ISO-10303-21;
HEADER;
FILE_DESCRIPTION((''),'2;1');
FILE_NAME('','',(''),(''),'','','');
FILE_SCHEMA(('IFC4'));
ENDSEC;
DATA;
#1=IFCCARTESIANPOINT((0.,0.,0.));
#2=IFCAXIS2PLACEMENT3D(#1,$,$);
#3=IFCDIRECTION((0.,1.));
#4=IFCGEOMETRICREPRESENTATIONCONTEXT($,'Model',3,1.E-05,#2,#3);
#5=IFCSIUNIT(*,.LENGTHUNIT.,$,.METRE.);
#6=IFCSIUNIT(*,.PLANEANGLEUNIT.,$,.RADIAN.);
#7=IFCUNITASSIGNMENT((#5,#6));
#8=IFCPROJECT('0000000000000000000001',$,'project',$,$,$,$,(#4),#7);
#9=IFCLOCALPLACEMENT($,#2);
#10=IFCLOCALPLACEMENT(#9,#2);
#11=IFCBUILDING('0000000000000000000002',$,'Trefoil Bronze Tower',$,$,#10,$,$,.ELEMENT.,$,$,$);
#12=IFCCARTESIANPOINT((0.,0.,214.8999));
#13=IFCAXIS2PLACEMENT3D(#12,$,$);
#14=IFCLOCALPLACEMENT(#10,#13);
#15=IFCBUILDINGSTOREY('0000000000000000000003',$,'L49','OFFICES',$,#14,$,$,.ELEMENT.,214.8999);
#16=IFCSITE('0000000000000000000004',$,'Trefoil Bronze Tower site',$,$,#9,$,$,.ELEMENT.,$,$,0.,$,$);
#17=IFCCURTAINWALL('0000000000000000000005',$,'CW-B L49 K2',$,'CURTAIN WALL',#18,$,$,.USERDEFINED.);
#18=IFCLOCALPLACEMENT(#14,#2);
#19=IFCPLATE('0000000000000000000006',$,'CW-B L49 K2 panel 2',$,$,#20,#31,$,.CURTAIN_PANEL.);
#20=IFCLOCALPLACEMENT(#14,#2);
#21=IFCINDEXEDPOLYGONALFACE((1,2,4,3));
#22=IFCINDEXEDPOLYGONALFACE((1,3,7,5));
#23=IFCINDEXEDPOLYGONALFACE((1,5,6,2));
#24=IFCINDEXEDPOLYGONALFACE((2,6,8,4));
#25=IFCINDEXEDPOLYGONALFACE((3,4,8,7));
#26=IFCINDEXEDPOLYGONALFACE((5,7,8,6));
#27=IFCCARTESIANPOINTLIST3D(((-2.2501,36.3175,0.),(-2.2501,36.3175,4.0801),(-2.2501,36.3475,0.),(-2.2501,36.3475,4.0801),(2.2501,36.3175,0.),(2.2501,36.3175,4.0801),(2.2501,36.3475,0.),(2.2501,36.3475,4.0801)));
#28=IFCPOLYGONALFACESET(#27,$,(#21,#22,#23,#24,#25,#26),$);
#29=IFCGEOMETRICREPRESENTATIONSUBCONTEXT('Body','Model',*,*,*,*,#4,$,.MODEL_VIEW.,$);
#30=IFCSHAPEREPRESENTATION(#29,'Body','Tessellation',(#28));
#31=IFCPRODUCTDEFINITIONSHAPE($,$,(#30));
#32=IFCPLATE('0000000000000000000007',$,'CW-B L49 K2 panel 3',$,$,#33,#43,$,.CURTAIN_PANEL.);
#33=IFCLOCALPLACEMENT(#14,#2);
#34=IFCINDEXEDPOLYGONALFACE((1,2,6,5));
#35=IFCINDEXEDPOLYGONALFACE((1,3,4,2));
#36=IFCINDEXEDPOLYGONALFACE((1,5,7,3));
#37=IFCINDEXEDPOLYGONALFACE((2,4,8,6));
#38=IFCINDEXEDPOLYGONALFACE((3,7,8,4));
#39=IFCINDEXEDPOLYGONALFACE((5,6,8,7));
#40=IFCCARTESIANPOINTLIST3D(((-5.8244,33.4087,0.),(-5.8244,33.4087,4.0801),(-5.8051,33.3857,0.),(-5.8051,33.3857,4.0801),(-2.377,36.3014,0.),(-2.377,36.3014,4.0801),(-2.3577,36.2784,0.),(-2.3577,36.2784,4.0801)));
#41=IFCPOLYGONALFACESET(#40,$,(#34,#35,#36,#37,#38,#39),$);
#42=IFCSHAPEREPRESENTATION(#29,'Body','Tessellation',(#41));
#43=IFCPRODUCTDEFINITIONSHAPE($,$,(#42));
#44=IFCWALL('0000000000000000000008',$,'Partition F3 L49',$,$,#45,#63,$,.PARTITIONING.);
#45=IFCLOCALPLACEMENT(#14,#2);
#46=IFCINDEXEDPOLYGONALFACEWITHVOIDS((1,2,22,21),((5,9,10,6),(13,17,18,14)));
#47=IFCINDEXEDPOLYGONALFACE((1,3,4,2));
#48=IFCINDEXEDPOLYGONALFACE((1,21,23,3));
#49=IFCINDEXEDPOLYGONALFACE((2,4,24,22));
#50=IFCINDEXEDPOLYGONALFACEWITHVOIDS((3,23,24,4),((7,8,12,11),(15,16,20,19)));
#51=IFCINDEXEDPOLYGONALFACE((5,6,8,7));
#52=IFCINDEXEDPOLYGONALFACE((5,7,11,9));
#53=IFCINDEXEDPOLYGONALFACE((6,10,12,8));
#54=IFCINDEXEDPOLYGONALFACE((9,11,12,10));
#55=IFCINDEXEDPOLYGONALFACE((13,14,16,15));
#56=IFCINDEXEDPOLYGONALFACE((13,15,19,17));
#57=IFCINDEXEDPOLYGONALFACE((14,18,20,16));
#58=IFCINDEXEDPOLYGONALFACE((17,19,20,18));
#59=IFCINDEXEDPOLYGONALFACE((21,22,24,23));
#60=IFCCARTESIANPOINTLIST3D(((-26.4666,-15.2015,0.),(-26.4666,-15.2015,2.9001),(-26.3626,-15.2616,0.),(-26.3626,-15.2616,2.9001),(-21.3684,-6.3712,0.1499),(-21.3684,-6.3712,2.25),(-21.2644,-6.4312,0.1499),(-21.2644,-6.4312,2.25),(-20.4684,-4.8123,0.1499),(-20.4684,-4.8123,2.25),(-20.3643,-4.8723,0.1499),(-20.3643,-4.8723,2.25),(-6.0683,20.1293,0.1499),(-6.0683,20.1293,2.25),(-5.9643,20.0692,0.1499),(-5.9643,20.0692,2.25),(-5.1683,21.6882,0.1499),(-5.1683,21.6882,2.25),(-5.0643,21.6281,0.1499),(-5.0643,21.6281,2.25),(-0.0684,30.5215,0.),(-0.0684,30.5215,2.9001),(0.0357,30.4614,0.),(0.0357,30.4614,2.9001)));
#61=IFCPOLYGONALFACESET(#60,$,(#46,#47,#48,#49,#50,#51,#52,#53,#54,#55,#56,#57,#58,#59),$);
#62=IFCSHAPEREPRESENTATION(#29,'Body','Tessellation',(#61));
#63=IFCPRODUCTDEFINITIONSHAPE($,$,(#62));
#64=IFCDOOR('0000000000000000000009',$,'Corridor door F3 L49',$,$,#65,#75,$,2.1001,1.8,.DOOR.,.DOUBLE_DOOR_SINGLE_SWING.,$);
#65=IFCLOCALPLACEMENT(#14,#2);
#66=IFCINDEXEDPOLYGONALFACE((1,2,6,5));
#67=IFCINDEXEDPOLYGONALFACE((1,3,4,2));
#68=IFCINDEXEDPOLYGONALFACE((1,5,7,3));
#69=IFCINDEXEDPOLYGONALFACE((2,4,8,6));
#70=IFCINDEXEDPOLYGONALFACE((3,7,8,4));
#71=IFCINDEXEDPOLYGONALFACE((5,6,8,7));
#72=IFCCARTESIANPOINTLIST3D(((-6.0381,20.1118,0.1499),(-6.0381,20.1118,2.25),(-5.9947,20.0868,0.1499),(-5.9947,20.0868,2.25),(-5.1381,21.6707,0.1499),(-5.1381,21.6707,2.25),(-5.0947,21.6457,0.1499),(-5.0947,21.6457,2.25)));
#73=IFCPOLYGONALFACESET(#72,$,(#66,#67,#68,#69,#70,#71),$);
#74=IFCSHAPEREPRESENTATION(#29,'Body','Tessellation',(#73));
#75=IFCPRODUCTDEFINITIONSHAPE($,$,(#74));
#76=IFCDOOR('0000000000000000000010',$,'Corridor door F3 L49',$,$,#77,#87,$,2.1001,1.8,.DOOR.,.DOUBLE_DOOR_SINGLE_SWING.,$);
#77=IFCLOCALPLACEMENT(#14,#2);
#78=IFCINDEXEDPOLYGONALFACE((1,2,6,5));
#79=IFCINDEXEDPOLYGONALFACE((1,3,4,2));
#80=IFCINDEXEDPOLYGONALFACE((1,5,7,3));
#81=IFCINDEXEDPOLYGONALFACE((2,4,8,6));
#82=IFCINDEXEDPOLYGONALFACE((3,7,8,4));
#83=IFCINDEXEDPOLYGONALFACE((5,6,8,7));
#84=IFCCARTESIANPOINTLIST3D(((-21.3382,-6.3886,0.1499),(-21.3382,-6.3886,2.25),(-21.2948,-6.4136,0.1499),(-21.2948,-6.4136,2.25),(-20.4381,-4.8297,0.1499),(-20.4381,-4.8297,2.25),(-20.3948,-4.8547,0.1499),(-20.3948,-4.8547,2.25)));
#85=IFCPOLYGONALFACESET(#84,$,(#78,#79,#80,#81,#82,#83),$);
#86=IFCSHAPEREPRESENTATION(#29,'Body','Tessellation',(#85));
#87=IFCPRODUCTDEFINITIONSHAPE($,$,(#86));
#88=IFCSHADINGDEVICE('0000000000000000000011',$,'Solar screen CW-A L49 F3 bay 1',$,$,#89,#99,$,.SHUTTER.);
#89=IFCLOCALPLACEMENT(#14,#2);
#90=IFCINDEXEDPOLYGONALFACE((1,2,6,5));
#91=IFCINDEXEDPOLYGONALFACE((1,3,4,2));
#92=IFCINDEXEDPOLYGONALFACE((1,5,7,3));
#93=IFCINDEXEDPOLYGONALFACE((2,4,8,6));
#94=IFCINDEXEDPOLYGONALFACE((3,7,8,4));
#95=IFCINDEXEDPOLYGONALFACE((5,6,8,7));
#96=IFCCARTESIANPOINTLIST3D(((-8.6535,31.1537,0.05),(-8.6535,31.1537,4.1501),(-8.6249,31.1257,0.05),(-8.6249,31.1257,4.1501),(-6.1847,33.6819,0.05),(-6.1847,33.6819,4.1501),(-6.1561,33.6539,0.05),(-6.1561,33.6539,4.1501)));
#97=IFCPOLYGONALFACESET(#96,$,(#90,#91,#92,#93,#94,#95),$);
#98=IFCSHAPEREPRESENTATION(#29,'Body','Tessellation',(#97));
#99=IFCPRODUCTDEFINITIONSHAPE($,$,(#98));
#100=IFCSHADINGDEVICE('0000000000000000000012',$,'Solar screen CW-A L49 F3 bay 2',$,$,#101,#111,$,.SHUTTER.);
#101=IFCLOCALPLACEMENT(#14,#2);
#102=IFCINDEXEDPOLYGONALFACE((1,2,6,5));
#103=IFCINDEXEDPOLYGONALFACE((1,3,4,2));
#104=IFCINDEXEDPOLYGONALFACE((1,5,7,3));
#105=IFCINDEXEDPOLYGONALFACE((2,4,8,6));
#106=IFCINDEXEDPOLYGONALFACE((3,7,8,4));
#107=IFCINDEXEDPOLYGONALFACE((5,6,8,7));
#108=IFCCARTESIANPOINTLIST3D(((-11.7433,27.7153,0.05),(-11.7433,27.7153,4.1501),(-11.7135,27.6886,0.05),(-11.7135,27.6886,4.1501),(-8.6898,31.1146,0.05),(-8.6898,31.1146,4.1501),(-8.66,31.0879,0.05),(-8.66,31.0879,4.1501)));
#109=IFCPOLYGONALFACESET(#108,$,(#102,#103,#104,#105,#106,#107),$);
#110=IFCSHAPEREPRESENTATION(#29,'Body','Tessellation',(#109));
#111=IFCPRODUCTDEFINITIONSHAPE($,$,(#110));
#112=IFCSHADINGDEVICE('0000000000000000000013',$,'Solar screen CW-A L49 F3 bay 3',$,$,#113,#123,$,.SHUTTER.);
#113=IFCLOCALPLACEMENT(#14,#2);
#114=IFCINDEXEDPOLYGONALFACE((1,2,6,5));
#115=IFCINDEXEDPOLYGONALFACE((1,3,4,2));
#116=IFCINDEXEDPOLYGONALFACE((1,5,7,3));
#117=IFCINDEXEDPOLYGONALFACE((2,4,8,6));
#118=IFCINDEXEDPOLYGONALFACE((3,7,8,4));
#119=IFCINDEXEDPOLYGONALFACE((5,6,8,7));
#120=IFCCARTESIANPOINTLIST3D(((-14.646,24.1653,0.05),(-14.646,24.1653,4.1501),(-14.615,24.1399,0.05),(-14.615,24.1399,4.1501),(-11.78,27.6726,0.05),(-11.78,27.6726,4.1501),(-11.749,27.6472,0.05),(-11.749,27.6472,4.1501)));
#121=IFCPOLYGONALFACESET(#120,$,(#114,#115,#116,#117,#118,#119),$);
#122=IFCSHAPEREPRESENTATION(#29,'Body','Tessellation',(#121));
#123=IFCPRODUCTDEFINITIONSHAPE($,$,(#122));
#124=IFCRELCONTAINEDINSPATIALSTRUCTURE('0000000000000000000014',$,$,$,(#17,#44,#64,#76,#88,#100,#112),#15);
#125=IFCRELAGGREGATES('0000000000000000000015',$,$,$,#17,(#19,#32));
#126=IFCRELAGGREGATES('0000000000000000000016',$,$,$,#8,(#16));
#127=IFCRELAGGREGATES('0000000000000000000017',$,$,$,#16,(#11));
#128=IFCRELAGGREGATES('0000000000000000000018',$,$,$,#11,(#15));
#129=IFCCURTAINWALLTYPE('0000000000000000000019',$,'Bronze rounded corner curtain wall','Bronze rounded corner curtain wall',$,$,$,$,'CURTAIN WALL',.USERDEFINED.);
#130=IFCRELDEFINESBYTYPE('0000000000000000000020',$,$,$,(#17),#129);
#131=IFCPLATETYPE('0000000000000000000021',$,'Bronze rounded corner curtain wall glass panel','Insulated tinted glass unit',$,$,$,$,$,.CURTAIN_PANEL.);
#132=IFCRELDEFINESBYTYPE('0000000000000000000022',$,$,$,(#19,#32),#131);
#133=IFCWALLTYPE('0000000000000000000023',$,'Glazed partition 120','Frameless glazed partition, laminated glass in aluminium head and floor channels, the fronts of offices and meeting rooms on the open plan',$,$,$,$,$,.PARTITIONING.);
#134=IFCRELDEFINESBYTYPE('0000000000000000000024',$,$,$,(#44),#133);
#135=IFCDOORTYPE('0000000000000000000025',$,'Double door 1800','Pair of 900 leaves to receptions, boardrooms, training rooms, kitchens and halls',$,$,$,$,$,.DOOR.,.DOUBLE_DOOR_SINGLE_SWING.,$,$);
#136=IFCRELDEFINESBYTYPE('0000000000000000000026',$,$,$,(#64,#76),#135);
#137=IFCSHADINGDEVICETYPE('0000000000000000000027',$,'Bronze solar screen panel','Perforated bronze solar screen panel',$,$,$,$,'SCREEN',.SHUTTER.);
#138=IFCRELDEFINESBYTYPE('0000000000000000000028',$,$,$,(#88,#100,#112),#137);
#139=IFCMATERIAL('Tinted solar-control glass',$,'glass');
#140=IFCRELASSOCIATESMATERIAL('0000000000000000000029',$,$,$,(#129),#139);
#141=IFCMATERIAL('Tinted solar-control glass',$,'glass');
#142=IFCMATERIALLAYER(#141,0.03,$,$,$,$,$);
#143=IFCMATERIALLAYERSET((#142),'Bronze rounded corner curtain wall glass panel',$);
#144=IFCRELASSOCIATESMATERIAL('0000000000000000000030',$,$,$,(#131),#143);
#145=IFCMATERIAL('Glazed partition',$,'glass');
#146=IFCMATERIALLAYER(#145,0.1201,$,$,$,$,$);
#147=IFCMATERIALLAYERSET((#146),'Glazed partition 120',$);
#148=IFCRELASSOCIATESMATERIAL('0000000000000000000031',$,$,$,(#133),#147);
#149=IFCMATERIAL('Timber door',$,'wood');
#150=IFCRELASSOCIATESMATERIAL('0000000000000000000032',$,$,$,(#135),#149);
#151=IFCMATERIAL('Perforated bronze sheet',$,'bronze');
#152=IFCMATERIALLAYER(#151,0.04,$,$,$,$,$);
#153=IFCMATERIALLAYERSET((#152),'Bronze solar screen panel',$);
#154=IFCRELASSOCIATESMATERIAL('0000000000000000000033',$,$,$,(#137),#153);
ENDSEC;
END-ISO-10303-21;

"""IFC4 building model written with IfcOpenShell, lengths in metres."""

from ifc_helpers import new_model, si_unit, direction, frame, frame_2d, origin, origin_2d, place, context, subcontext, project, spatial, rectangle, extrude, material, layer, layer_set, type_object, element, fill, aggregate, save


model = new_model("IFC4")

# Units and contexts
model_context = context("Model", 3, precision=1e-05, world=origin(), true_north=direction((0.0, 1.0)))
body_context = subcontext(model_context, "Body", "Model", "MODEL_VIEW")
ifc_project = project(units=[si_unit("LENGTHUNIT", "METRE"), si_unit("PLANEANGLEUNIT", "RADIAN")], contexts=[model_context])

# Site, building, storey
site_placement = place(None, origin())
site = spatial("IfcSite", under=ifc_project, at=site_placement, Name="Trefoil Bronze Tower site", CompositionType="ELEMENT", RefElevation=0.0)
building_placement = place(site_placement, origin())
building = spatial("IfcBuilding", under=site, at=building_placement, Name="Trefoil Bronze Tower", CompositionType="ELEMENT")
storey_placement = place(building_placement, frame((0.0, 0.0, 214.8999)))
storey = spatial("IfcBuildingStorey", under=building, at=storey_placement, Name="L49", Description="OFFICES", CompositionType="ELEMENT", Elevation=214.8999)

# Curtain wall
ifc_material_1 = material(Name="Tinted solar-control glass", Category="glass")
curtain_wall_type_1 = type_object("IfcCurtainWallType", Name="Bronze rounded corner curtain wall", Description="Bronze rounded corner curtain wall", ElementType="CURTAIN WALL", PredefinedType="USERDEFINED", material=ifc_material_1)
curtain_wall_1_placement = place(storey_placement, origin())
curtain_wall_1 = element("IfcCurtainWall", 1, at=curtain_wall_1_placement, inside=storey, type_object=curtain_wall_type_1, Name="CW-B L49 K2", ObjectType="CURTAIN WALL", PredefinedType="USERDEFINED")

# Plates
ifc_material_2 = material(Name="Tinted solar-control glass", Category="glass")
ifc_layer_1 = layer(ifc_material_2, 0.03)
ifc_layer_set_1 = layer_set([ifc_layer_1], Name="Bronze rounded corner curtain wall glass panel")
plate_type_1 = type_object("IfcPlateType", Name="Bronze rounded corner curtain wall glass panel", Description="Insulated tinted glass unit", PredefinedType="CURTAIN_PANEL", material=ifc_layer_set_1)
plate_1_placement = place(storey_placement, frame((0.0, 36.3325, 0.0), z_axis=(0.0, 0.0, 1.0), x_axis=(-1.0, 0.0, 0.0)))
plate_1 = element("IfcPlate", 2, at=plate_1_placement, type_object=plate_type_1, Name="CW-B L49 K2 panel 2", PredefinedType="CURTAIN_PANEL", context=body_context, shape_type="SweptSolid", body=[
    extrude(rectangle(XDim=4.5002, YDim=0.03, at=origin_2d()), origin(), (0.0, 0.0, 1.0), 4.0801),
])
plate_2_placement = place(storey_placement, frame((-4.0911, 34.8435, 0.0), z_axis=(0.0, 0.0, 1.0), x_axis=(-0.766044, -0.642788, 0.0)))
plate_2 = element("IfcPlate", 3, at=plate_2_placement, type_object=plate_type_1, Name="CW-B L49 K2 panel 3", PredefinedType="CURTAIN_PANEL", context=body_context, shape_type="SweptSolid", body=[
    extrude(rectangle(XDim=4.5002, YDim=0.03, at=origin_2d()), origin(), (0.0, 0.0, 1.0), 4.0801),
])
aggregate(curtain_wall_1, [plate_1, plate_2])

# Wall, openings, doors
ifc_material_3 = material(Name="Glazed partition", Category="glass")
ifc_layer_2 = layer(ifc_material_3, 0.1201)
ifc_layer_set_2 = layer_set([ifc_layer_2], Name="Glazed partition 120")
wall_type = type_object("IfcWallType", Name="Glazed partition 120", Description="Frameless glazed partition, laminated glass in aluminium head and floor channels, the fronts of offices and meeting rooms on the open plan", PredefinedType="PARTITIONING", material=ifc_layer_set_2)
wall_placement = place(storey_placement, frame((-0.0164, 30.4915, 0.0), z_axis=(0.0, 0.0, 1.0), x_axis=(-0.500001, -0.866025, 0.0)))
wall = element("IfcWall", 4, at=wall_placement, inside=storey, type_object=wall_type, Name="Partition F3 L49", PredefinedType="PARTITIONING", context=body_context, shape_type="SweptSolid", body=[
    extrude(rectangle(XDim=52.7964, YDim=0.1201, at=frame_2d((26.3982, 0.0))), origin(), (0.0, 0.0, 1.0), 2.9001),
])
opening_1_placement = place(wall_placement, frame((10.2, 0.0, 0.1499)))
opening_1 = element("IfcOpeningElement", 5, at=opening_1_placement, cuts=wall, PredefinedType="OPENING", context=body_context, shape_type="SweptSolid", body=[
    extrude(rectangle(XDim=1.8, YDim=2.1001, at=frame_2d((0.8999, 1.05))), frame((0.0, 0.0701, 0.0), z_axis=(0.0, -1.0, 0.0), x_axis=(1.0, 0.0, 0.0)), (0.0, 0.0, 1.0), 0.1401),
])
opening_2_placement = place(wall_placement, frame((40.8, 0.0, 0.1499)))
opening_2 = element("IfcOpeningElement", 6, at=opening_2_placement, cuts=wall, PredefinedType="OPENING", context=body_context, shape_type="SweptSolid", body=[
    extrude(rectangle(XDim=1.8, YDim=2.1001, at=frame_2d((0.8999, 1.05))), frame((0.0, 0.0701, 0.0), z_axis=(0.0, -1.0, 0.0), x_axis=(1.0, 0.0, 0.0)), (0.0, 0.0, 1.0), 0.1401),
])
ifc_material_4 = material(Name="Timber door", Category="wood")
door_type = type_object("IfcDoorType", Name="Double door 1800", Description="Pair of 900 leaves to receptions, boardrooms, training rooms, kitchens and halls", OperationType="DOUBLE_DOOR_SINGLE_SWING", PredefinedType="DOOR", material=ifc_material_4)
door_1_placement = place(opening_1_placement, origin())
door_1 = element("IfcDoor", 7, at=door_1_placement, inside=storey, type_object=door_type, Name="Corridor door F3 L49", OperationType="DOUBLE_DOOR_SINGLE_SWING", OverallHeight=2.1001, OverallWidth=1.8, PredefinedType="DOOR", context=body_context, shape_type="SweptSolid", body=[
    extrude(rectangle(XDim=1.8, YDim=2.1001, at=frame_2d((0.8999, 1.05))), frame((0.0, 0.0249, 0.0), z_axis=(0.0, -1.0, 0.0), x_axis=(1.0, 0.0, 0.0)), (0.0, 0.0, 1.0), 0.05),
])
fill(opening_1, door_1)
door_2_placement = place(opening_2_placement, origin())
door_2 = element("IfcDoor", 8, at=door_2_placement, inside=storey, type_object=door_type, Name="Corridor door F3 L49", OperationType="DOUBLE_DOOR_SINGLE_SWING", OverallHeight=2.1001, OverallWidth=1.8, PredefinedType="DOOR", context=body_context, shape_type="SweptSolid", body=[
    extrude(rectangle(XDim=1.8, YDim=2.1001, at=frame_2d((0.8999, 1.05))), frame((0.0, 0.0249, 0.0), z_axis=(0.0, -1.0, 0.0), x_axis=(1.0, 0.0, 0.0)), (0.0, 0.0, 1.0), 0.05),
])
fill(opening_2, door_2)

# Shading devices
ifc_material_5 = material(Name="Perforated bronze sheet", Category="bronze")
ifc_layer_3 = layer(ifc_material_5, 0.04)
ifc_layer_set_3 = layer_set([ifc_layer_3], Name="Bronze solar screen panel")
shading_device_type = type_object("IfcShadingDeviceType", Name="Bronze solar screen panel", Description="Perforated bronze solar screen panel", ElementType="SCREEN", PredefinedType="SHUTTER", material=ifc_layer_set_3)
shading_device_1_placement = place(storey_placement, frame((-7.4048, 32.4038, 0.05), z_axis=(0.0, 0.0, 1.0), x_axis=(-0.698652, -0.715462, 0.0)))
element("IfcShadingDevice", 9, at=shading_device_1_placement, inside=storey, type_object=shading_device_type, Name="Solar screen CW-A L49 F3 bay 1", PredefinedType="SHUTTER", context=body_context, shape_type="SweptSolid", body=[
    extrude(rectangle(XDim=3.5337, YDim=0.04, at=origin_2d()), origin(), (0.0, 0.0, 1.0), 4.1001),
])
shading_device_2_placement = place(storey_placement, frame((-10.2017, 29.4016, 0.05), z_axis=(0.0, 0.0, 1.0), x_axis=(-0.668246, -0.743941, 0.0)))
element("IfcShadingDevice", 10, at=shading_device_2_placement, inside=storey, type_object=shading_device_type, Name="Solar screen CW-A L49 F3 bay 2", PredefinedType="SHUTTER", context=body_context, shape_type="SweptSolid", body=[
    extrude(rectangle(XDim=4.5693, YDim=0.04, at=origin_2d()), origin(), (0.0, 0.0, 1.0), 4.1001),
])
shading_device_3_placement = place(storey_placement, frame((-13.1975, 25.9062, 0.05), z_axis=(0.0, 0.0, 1.0), x_axis=(-0.632753, -0.774354, 0.0)))
element("IfcShadingDevice", 11, at=shading_device_3_placement, inside=storey, type_object=shading_device_type, Name="Solar screen CW-A L49 F3 bay 3", PredefinedType="SHUTTER", context=body_context, shape_type="SweptSolid", body=[
    extrude(rectangle(XDim=4.5293, YDim=0.04, at=origin_2d()), origin(), (0.0, 0.0, 1.0), 4.1001),
])

save(model, "model.ifc")
